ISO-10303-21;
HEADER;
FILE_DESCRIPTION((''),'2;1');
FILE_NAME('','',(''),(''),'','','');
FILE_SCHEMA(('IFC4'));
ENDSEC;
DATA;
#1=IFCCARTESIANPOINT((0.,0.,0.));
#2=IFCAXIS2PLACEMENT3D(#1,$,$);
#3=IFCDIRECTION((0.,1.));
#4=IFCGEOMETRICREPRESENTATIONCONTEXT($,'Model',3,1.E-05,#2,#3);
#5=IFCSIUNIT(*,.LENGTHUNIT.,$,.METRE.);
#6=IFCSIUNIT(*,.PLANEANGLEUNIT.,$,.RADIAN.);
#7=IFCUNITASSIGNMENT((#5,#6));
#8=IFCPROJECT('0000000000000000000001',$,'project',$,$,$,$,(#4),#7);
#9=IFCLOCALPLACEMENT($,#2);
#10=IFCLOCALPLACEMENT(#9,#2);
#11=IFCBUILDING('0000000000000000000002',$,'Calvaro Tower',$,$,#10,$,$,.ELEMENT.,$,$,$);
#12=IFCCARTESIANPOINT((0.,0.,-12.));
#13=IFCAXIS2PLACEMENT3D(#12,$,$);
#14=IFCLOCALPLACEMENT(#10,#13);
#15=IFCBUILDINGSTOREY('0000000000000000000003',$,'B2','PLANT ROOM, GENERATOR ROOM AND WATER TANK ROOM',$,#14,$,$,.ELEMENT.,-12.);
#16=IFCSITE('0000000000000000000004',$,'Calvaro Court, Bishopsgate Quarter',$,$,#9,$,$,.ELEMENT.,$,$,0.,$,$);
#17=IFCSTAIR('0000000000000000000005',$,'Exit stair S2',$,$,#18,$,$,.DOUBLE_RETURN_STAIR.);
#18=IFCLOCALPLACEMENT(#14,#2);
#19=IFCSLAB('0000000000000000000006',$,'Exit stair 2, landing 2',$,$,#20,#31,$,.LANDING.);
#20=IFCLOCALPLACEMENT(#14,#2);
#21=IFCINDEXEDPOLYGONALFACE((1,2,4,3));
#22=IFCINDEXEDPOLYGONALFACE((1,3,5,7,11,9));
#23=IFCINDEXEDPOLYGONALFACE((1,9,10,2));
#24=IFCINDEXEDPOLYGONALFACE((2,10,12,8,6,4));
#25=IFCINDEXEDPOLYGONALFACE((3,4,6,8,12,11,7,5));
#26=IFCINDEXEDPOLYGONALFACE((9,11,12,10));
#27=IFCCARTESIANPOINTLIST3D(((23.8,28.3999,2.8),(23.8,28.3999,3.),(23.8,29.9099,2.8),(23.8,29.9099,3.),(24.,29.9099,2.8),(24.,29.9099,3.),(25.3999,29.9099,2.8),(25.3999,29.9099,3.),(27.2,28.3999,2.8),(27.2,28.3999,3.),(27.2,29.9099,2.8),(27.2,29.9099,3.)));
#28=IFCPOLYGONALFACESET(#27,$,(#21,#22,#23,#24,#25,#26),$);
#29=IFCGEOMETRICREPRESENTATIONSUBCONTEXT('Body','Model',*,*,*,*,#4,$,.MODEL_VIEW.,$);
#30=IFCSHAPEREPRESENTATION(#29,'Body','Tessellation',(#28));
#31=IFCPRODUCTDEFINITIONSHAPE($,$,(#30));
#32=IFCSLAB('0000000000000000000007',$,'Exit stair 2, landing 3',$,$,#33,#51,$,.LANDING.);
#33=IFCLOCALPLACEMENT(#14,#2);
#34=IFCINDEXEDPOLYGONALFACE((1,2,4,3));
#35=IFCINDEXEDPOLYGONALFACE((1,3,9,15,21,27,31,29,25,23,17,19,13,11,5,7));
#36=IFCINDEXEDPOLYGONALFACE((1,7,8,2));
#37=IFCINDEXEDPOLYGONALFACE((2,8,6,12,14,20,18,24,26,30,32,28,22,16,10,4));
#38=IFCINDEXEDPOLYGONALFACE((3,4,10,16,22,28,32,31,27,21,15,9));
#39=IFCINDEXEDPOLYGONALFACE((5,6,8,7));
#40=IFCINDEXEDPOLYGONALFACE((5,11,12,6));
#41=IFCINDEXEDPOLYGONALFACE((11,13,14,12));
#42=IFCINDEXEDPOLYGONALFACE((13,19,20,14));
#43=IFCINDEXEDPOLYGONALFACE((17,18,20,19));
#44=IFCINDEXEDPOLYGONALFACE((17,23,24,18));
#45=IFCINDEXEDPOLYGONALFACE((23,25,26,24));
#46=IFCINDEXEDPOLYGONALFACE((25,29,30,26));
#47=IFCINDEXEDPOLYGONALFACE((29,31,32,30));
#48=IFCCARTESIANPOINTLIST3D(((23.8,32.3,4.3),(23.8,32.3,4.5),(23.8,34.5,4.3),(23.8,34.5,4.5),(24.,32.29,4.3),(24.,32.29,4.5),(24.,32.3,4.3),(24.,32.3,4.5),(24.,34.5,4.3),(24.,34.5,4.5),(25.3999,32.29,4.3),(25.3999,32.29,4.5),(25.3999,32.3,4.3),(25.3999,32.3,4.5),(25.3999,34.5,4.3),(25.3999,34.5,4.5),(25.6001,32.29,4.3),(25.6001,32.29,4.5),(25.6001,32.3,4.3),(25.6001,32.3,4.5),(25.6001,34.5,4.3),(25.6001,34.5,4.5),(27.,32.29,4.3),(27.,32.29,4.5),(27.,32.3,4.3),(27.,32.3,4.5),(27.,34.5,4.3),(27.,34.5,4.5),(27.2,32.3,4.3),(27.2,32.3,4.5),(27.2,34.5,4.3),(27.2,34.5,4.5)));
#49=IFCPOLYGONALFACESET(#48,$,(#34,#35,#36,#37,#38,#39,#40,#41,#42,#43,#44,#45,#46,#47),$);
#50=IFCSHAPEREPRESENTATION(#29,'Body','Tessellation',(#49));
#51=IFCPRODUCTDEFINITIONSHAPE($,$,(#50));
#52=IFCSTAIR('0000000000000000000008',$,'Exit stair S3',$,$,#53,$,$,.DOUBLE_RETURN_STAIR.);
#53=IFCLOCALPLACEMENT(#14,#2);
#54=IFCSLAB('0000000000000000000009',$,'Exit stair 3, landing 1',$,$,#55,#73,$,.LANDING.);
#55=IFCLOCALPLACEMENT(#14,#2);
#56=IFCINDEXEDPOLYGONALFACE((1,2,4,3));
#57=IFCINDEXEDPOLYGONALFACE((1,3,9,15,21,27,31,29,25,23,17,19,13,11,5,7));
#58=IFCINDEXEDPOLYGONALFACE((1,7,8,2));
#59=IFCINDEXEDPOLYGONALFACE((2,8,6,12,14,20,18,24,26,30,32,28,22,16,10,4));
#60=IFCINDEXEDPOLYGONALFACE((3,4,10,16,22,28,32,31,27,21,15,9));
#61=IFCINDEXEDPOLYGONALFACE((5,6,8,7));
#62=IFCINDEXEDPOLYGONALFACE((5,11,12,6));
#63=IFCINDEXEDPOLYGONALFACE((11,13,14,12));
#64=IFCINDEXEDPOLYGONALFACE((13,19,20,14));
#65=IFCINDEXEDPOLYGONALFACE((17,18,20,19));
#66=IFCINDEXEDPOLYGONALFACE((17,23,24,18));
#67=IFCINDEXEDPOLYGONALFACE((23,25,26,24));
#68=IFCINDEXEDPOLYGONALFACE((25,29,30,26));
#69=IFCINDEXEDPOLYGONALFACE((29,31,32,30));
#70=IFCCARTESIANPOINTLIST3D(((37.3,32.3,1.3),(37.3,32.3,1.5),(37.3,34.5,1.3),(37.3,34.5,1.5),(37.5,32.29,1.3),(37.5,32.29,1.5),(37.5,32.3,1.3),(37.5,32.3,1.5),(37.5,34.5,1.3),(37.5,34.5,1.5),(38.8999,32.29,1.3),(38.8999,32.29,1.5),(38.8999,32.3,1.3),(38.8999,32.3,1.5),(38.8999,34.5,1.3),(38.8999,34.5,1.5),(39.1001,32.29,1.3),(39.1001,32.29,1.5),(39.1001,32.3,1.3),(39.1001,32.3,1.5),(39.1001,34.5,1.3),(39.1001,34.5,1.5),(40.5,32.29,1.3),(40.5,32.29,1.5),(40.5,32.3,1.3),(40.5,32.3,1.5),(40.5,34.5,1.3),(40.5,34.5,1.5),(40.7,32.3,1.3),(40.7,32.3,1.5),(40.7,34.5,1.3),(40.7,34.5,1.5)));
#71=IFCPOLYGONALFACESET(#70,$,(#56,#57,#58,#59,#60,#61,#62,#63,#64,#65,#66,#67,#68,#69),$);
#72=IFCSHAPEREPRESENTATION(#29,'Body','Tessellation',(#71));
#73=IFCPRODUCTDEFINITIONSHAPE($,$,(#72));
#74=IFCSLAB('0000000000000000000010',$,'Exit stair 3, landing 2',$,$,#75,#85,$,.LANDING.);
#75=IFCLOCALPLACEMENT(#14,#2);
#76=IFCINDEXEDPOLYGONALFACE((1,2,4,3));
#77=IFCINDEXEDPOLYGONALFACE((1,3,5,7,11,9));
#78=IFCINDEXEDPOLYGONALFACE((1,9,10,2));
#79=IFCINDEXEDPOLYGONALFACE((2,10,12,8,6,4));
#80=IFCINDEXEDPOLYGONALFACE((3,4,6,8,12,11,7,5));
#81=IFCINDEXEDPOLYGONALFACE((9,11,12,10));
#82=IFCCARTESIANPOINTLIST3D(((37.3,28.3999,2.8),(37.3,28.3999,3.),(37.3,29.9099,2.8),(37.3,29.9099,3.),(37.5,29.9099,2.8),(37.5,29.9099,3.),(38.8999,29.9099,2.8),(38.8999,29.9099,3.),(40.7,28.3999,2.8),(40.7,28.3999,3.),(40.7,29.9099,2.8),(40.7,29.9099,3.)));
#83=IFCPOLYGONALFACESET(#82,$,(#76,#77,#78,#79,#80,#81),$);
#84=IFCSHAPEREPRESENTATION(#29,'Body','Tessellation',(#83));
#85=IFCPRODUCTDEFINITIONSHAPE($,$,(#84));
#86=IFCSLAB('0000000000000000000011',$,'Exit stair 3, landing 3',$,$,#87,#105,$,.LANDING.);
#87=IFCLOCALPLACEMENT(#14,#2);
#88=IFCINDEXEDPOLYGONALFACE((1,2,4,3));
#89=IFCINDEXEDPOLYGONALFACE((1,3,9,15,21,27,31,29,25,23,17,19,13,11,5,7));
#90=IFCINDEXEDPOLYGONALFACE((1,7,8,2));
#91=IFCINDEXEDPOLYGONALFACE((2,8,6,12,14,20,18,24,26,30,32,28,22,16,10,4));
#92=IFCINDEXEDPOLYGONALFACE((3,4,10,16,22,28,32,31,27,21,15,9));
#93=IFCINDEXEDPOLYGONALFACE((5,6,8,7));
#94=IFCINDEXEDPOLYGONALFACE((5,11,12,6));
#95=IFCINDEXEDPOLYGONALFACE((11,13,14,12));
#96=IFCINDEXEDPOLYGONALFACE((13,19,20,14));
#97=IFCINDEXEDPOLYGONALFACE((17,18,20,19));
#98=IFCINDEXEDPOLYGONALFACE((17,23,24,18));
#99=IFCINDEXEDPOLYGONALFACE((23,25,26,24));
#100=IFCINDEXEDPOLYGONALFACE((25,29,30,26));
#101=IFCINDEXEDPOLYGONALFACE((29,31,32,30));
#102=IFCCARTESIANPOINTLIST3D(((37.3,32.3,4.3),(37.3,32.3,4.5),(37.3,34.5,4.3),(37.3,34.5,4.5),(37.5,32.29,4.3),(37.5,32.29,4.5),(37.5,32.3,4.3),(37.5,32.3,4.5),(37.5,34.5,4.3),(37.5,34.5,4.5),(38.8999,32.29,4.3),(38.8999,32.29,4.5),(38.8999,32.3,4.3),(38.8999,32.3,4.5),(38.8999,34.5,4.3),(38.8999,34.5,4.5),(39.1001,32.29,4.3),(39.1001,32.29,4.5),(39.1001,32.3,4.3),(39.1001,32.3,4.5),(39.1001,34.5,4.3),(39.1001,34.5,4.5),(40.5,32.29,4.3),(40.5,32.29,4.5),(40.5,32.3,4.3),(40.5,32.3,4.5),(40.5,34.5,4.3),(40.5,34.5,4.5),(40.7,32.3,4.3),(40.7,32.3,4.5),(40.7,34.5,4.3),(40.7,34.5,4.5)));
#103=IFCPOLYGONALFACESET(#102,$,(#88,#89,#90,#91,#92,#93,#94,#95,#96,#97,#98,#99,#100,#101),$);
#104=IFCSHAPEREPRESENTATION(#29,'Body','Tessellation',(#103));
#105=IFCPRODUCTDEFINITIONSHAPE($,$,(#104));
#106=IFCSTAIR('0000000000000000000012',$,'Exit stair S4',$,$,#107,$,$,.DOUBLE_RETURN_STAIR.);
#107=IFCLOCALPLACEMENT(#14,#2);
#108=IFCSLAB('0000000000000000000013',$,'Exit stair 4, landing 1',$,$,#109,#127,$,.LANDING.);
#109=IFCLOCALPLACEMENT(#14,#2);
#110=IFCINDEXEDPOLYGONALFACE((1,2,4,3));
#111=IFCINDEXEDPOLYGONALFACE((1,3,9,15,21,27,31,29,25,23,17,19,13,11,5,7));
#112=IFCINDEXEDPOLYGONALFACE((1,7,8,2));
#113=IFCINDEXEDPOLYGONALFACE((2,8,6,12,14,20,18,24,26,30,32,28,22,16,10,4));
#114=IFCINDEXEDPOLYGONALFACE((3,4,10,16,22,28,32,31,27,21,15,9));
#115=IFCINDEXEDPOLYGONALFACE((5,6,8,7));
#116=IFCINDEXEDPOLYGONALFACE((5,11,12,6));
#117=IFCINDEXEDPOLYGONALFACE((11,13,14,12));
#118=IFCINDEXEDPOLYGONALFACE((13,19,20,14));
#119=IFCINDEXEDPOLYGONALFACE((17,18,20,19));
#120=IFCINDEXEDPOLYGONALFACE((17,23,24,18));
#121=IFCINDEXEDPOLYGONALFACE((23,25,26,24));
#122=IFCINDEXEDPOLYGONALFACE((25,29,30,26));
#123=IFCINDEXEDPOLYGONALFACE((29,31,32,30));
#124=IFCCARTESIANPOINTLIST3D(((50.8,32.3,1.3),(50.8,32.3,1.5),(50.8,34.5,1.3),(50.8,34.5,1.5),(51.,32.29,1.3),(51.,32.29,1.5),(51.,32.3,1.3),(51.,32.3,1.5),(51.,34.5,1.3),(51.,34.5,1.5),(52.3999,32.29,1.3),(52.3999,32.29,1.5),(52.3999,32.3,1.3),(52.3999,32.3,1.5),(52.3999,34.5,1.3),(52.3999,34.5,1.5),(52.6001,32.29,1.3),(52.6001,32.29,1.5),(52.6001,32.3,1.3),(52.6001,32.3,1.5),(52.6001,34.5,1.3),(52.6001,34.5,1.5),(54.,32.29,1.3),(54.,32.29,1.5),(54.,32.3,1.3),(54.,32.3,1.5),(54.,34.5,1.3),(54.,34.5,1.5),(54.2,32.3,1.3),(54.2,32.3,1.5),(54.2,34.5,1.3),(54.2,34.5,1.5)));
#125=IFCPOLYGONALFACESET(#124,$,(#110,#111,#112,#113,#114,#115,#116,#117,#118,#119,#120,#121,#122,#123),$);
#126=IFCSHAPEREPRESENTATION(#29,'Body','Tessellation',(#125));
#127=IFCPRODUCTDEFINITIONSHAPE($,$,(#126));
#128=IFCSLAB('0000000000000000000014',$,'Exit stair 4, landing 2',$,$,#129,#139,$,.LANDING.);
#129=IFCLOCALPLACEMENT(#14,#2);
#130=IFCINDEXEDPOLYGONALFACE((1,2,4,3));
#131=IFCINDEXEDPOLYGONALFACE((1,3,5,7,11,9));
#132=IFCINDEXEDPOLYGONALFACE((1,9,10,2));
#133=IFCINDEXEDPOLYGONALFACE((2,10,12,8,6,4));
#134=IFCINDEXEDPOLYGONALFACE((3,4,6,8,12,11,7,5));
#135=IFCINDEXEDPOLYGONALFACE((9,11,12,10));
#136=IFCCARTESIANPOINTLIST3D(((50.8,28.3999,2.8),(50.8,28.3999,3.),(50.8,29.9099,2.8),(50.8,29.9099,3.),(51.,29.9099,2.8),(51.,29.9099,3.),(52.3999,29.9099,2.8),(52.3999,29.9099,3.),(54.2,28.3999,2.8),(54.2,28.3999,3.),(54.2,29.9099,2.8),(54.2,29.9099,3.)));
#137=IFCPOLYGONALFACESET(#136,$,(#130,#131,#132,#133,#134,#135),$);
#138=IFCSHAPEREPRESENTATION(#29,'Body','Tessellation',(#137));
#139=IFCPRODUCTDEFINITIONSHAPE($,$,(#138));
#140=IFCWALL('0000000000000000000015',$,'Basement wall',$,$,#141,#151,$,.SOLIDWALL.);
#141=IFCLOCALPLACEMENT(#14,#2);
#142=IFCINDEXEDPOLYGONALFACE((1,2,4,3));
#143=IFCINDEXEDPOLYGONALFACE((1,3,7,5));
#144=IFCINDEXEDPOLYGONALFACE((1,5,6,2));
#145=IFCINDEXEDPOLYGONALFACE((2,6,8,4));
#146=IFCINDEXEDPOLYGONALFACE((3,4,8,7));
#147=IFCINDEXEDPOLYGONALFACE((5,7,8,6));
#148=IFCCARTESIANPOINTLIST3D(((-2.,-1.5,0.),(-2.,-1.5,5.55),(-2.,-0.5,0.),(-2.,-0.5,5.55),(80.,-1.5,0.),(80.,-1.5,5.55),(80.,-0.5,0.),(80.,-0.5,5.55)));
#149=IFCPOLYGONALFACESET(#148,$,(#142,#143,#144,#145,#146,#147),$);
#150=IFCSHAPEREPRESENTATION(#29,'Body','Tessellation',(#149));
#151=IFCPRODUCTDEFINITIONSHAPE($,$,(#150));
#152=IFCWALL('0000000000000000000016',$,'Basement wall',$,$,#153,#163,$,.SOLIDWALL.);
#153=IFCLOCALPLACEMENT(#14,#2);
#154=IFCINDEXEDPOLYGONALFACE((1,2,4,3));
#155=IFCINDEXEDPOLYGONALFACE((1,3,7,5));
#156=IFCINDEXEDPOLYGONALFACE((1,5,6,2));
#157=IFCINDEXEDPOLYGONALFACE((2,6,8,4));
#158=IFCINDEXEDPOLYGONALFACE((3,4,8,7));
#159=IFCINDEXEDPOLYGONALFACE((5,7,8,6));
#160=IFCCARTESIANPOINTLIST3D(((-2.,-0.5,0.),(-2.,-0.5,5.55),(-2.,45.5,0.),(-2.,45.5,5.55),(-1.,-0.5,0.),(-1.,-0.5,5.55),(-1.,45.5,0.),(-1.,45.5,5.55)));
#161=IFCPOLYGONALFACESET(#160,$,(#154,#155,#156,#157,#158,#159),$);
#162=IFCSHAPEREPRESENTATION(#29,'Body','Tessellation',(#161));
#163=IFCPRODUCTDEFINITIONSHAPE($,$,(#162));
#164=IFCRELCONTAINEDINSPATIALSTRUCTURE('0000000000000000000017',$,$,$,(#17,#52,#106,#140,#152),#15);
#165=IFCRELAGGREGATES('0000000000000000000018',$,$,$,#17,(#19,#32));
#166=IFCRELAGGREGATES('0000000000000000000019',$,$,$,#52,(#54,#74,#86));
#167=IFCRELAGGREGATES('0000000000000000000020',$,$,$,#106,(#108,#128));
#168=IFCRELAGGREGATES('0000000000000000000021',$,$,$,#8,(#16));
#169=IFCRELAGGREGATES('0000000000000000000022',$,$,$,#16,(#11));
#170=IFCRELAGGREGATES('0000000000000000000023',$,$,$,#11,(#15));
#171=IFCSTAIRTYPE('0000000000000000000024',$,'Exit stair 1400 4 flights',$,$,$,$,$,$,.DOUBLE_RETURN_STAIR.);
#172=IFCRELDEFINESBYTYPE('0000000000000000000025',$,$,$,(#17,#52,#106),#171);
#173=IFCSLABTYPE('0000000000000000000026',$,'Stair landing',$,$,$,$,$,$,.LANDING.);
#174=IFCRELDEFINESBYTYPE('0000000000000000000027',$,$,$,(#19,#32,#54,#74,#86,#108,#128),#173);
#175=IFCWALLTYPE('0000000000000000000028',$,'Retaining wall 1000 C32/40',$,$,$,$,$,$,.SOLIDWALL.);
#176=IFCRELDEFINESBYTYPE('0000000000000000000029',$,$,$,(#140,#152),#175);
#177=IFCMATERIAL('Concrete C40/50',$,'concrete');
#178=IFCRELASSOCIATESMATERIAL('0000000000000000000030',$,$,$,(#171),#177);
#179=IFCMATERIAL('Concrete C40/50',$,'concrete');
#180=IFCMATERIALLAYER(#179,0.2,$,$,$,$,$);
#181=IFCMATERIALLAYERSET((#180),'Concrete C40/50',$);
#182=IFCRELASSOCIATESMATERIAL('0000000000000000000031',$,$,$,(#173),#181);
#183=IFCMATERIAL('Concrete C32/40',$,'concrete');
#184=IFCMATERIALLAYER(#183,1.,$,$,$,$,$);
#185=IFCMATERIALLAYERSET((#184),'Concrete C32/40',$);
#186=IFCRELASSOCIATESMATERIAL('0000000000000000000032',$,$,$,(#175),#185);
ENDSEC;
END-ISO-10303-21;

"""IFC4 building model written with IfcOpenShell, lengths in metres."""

from ifc_helpers import new_model, si_unit, direction, frame, frame_2d, origin, place, context, subcontext, project, spatial, polyline, rectangle, outline, extrude, material, layer, layer_set, type_object, element, aggregate, save


model = new_model("IFC4")

# Units and contexts
model_context = context("Model", 3, precision=1e-05, world=origin(), true_north=direction((0.0, 1.0)))
body_context = subcontext(model_context, "Body", "Model", "MODEL_VIEW")
ifc_project = project(units=[si_unit("LENGTHUNIT", "METRE"), si_unit("PLANEANGLEUNIT", "RADIAN")], contexts=[model_context])

# Site, building, storey
site_placement = place(None, origin())
site = spatial("IfcSite", under=ifc_project, at=site_placement, Name="Calvaro Court, Bishopsgate Quarter", CompositionType="ELEMENT", RefElevation=0.0)
building_placement = place(site_placement, origin())
building = spatial("IfcBuilding", under=site, at=building_placement, Name="Calvaro Tower", CompositionType="ELEMENT")
storey_placement = place(building_placement, frame((0.0, 0.0, -12.0)))
storey = spatial("IfcBuildingStorey", under=building, at=storey_placement, Name="B2", Description="PLANT ROOM, GENERATOR ROOM AND WATER TANK ROOM", CompositionType="ELEMENT", Elevation=-12.0)

# Stairs, slabs
ifc_material_1 = material(Name="Concrete C40/50", Category="concrete")
stair_type = type_object("IfcStairType", Name="Exit stair 1400 4 flights", PredefinedType="DOUBLE_RETURN_STAIR", material=ifc_material_1)
ifc_material_2 = material(Name="Concrete C40/50", Category="concrete")
ifc_layer_1 = layer(ifc_material_2, 0.2)
ifc_layer_set_1 = layer_set([ifc_layer_1], Name="Concrete C40/50")
slab_type_1 = type_object("IfcSlabType", Name="Stair landing", PredefinedType="LANDING", material=ifc_layer_set_1)
stair_1_placement = place(storey_placement, origin())
stair_1 = element("IfcStair", 1, at=stair_1_placement, inside=storey, type_object=stair_type, Name="Exit stair S2", PredefinedType="DOUBLE_RETURN_STAIR")
slab_1_placement = place(storey_placement, frame((0.0, 0.0, 2.8)))
slab_1 = element("IfcSlab", 2, at=slab_1_placement, type_object=slab_type_1, Name="Exit stair 2, landing 2", PredefinedType="LANDING", context=body_context, shape_type="SweptSolid", body=[
    extrude(outline(polyline([(27.2, 29.9099), (27.2, 28.3999), (23.8, 28.3999), (23.8, 29.9099), (24.0, 29.9099), (25.3999, 29.9099), (27.2, 29.9099)])), origin(), (0.0, 0.0, 1.0), 0.2),
])
slab_2_placement = place(storey_placement, frame((0.0, 0.0, 4.3)))
slab_2 = element("IfcSlab", 3, at=slab_2_placement, type_object=slab_type_1, Name="Exit stair 2, landing 3", PredefinedType="LANDING", context=body_context, shape_type="SweptSolid", body=[
    extrude(outline(polyline([(25.3999, 32.29), (24.0, 32.29), (24.0, 32.3), (23.8, 32.3), (23.8, 34.5), (24.0, 34.5), (25.3999, 34.5), (25.6001, 34.5), (27.0, 34.5), (27.2, 34.5), (27.2, 32.3), (27.0, 32.3), (27.0, 32.29), (25.6001, 32.29), (25.6001, 32.3), (25.3999, 32.3), (25.3999, 32.29)])), origin(), (0.0, 0.0, 1.0), 0.2),
])
aggregate(stair_1, [slab_1, slab_2])
stair_2_placement = place(storey_placement, origin())
stair_2 = element("IfcStair", 4, at=stair_2_placement, inside=storey, type_object=stair_type, Name="Exit stair S3", PredefinedType="DOUBLE_RETURN_STAIR")
slab_3_placement = place(storey_placement, frame((0.0, 0.0, 1.3)))
slab_3 = element("IfcSlab", 5, at=slab_3_placement, type_object=slab_type_1, Name="Exit stair 3, landing 1", PredefinedType="LANDING", context=body_context, shape_type="SweptSolid", body=[
    extrude(outline(polyline([(38.8999, 32.29), (37.5, 32.29), (37.5, 32.3), (37.3, 32.3), (37.3, 34.5), (37.5, 34.5), (38.8999, 34.5), (39.1001, 34.5), (40.5, 34.5), (40.7, 34.5), (40.7, 32.3), (40.5, 32.3), (40.5, 32.29), (39.1001, 32.29), (39.1001, 32.3), (38.8999, 32.3), (38.8999, 32.29)])), origin(), (0.0, 0.0, 1.0), 0.2),
])
slab_4_placement = place(storey_placement, frame((0.0, 0.0, 2.8)))
slab_4 = element("IfcSlab", 6, at=slab_4_placement, type_object=slab_type_1, Name="Exit stair 3, landing 2", PredefinedType="LANDING", context=body_context, shape_type="SweptSolid", body=[
    extrude(outline(polyline([(40.7, 29.9099), (40.7, 28.3999), (37.3, 28.3999), (37.3, 29.9099), (37.5, 29.9099), (38.8999, 29.9099), (40.7, 29.9099)])), origin(), (0.0, 0.0, 1.0), 0.2),
])
slab_5_placement = place(storey_placement, frame((0.0, 0.0, 4.3)))
slab_5 = element("IfcSlab", 7, at=slab_5_placement, type_object=slab_type_1, Name="Exit stair 3, landing 3", PredefinedType="LANDING", context=body_context, shape_type="SweptSolid", body=[
    extrude(outline(polyline([(38.8999, 32.29), (37.5, 32.29), (37.5, 32.3), (37.3, 32.3), (37.3, 34.5), (37.5, 34.5), (38.8999, 34.5), (39.1001, 34.5), (40.5, 34.5), (40.7, 34.5), (40.7, 32.3), (40.5, 32.3), (40.5, 32.29), (39.1001, 32.29), (39.1001, 32.3), (38.8999, 32.3), (38.8999, 32.29)])), origin(), (0.0, 0.0, 1.0), 0.2),
])
aggregate(stair_2, [slab_3, slab_4, slab_5])
stair_3_placement = place(storey_placement, origin())
stair_3 = element("IfcStair", 8, at=stair_3_placement, inside=storey, type_object=stair_type, Name="Exit stair S4", PredefinedType="DOUBLE_RETURN_STAIR")
slab_6_placement = place(storey_placement, frame((0.0, 0.0, 1.3)))
slab_6 = element("IfcSlab", 9, at=slab_6_placement, type_object=slab_type_1, Name="Exit stair 4, landing 1", PredefinedType="LANDING", context=body_context, shape_type="SweptSolid", body=[
    extrude(outline(polyline([(52.3999, 32.29), (51.0, 32.29), (51.0, 32.3), (50.8, 32.3), (50.8, 34.5), (51.0, 34.5), (52.3999, 34.5), (52.6001, 34.5), (54.0, 34.5), (54.2, 34.5), (54.2, 32.3), (54.0, 32.3), (54.0, 32.29), (52.6001, 32.29), (52.6001, 32.3), (52.3999, 32.3), (52.3999, 32.29)])), origin(), (0.0, 0.0, 1.0), 0.2),
])
slab_7_placement = place(storey_placement, frame((0.0, 0.0, 2.8)))
slab_7 = element("IfcSlab", 10, at=slab_7_placement, type_object=slab_type_1, Name="Exit stair 4, landing 2", PredefinedType="LANDING", context=body_context, shape_type="SweptSolid", body=[
    extrude(outline(polyline([(54.2, 29.9099), (54.2, 28.3999), (50.8, 28.3999), (50.8, 29.9099), (51.0, 29.9099), (52.3999, 29.9099), (54.2, 29.9099)])), origin(), (0.0, 0.0, 1.0), 0.2),
])
aggregate(stair_3, [slab_6, slab_7])

# Walls
ifc_material_3 = material(Name="Concrete C32/40", Category="concrete")
ifc_layer_2 = layer(ifc_material_3, 1.0)
ifc_layer_set_2 = layer_set([ifc_layer_2], Name="Concrete C32/40")
wall_type = type_object("IfcWallType", Name="Retaining wall 1000 C32/40", PredefinedType="SOLIDWALL", material=ifc_layer_set_2)
wall_1_placement = place(storey_placement, frame((-2.0, -1.0, 0.0), z_axis=(0.0, 0.0, 1.0), x_axis=(1.0, 0.0, 0.0)))
element("IfcWall", 11, at=wall_1_placement, inside=storey, type_object=wall_type, Name="Basement wall", PredefinedType="SOLIDWALL", context=body_context, shape_type="SweptSolid", body=[
    extrude(rectangle(XDim=82.0, YDim=1.0, at=frame_2d((41.0, 0.0))), origin(), (0.0, 0.0, 1.0), 5.55),
])
wall_2_placement = place(storey_placement, frame((-1.5, -0.5, 0.0), z_axis=(0.0, 0.0, 1.0), x_axis=(0.0, 1.0, 0.0)))
element("IfcWall", 12, at=wall_2_placement, inside=storey, type_object=wall_type, Name="Basement wall", PredefinedType="SOLIDWALL", context=body_context, shape_type="SweptSolid", body=[
    extrude(rectangle(XDim=46.0, YDim=1.0, at=frame_2d((23.0, 0.0))), origin(), (0.0, 0.0, 1.0), 5.55),
])

save(model, "model.ifc")
